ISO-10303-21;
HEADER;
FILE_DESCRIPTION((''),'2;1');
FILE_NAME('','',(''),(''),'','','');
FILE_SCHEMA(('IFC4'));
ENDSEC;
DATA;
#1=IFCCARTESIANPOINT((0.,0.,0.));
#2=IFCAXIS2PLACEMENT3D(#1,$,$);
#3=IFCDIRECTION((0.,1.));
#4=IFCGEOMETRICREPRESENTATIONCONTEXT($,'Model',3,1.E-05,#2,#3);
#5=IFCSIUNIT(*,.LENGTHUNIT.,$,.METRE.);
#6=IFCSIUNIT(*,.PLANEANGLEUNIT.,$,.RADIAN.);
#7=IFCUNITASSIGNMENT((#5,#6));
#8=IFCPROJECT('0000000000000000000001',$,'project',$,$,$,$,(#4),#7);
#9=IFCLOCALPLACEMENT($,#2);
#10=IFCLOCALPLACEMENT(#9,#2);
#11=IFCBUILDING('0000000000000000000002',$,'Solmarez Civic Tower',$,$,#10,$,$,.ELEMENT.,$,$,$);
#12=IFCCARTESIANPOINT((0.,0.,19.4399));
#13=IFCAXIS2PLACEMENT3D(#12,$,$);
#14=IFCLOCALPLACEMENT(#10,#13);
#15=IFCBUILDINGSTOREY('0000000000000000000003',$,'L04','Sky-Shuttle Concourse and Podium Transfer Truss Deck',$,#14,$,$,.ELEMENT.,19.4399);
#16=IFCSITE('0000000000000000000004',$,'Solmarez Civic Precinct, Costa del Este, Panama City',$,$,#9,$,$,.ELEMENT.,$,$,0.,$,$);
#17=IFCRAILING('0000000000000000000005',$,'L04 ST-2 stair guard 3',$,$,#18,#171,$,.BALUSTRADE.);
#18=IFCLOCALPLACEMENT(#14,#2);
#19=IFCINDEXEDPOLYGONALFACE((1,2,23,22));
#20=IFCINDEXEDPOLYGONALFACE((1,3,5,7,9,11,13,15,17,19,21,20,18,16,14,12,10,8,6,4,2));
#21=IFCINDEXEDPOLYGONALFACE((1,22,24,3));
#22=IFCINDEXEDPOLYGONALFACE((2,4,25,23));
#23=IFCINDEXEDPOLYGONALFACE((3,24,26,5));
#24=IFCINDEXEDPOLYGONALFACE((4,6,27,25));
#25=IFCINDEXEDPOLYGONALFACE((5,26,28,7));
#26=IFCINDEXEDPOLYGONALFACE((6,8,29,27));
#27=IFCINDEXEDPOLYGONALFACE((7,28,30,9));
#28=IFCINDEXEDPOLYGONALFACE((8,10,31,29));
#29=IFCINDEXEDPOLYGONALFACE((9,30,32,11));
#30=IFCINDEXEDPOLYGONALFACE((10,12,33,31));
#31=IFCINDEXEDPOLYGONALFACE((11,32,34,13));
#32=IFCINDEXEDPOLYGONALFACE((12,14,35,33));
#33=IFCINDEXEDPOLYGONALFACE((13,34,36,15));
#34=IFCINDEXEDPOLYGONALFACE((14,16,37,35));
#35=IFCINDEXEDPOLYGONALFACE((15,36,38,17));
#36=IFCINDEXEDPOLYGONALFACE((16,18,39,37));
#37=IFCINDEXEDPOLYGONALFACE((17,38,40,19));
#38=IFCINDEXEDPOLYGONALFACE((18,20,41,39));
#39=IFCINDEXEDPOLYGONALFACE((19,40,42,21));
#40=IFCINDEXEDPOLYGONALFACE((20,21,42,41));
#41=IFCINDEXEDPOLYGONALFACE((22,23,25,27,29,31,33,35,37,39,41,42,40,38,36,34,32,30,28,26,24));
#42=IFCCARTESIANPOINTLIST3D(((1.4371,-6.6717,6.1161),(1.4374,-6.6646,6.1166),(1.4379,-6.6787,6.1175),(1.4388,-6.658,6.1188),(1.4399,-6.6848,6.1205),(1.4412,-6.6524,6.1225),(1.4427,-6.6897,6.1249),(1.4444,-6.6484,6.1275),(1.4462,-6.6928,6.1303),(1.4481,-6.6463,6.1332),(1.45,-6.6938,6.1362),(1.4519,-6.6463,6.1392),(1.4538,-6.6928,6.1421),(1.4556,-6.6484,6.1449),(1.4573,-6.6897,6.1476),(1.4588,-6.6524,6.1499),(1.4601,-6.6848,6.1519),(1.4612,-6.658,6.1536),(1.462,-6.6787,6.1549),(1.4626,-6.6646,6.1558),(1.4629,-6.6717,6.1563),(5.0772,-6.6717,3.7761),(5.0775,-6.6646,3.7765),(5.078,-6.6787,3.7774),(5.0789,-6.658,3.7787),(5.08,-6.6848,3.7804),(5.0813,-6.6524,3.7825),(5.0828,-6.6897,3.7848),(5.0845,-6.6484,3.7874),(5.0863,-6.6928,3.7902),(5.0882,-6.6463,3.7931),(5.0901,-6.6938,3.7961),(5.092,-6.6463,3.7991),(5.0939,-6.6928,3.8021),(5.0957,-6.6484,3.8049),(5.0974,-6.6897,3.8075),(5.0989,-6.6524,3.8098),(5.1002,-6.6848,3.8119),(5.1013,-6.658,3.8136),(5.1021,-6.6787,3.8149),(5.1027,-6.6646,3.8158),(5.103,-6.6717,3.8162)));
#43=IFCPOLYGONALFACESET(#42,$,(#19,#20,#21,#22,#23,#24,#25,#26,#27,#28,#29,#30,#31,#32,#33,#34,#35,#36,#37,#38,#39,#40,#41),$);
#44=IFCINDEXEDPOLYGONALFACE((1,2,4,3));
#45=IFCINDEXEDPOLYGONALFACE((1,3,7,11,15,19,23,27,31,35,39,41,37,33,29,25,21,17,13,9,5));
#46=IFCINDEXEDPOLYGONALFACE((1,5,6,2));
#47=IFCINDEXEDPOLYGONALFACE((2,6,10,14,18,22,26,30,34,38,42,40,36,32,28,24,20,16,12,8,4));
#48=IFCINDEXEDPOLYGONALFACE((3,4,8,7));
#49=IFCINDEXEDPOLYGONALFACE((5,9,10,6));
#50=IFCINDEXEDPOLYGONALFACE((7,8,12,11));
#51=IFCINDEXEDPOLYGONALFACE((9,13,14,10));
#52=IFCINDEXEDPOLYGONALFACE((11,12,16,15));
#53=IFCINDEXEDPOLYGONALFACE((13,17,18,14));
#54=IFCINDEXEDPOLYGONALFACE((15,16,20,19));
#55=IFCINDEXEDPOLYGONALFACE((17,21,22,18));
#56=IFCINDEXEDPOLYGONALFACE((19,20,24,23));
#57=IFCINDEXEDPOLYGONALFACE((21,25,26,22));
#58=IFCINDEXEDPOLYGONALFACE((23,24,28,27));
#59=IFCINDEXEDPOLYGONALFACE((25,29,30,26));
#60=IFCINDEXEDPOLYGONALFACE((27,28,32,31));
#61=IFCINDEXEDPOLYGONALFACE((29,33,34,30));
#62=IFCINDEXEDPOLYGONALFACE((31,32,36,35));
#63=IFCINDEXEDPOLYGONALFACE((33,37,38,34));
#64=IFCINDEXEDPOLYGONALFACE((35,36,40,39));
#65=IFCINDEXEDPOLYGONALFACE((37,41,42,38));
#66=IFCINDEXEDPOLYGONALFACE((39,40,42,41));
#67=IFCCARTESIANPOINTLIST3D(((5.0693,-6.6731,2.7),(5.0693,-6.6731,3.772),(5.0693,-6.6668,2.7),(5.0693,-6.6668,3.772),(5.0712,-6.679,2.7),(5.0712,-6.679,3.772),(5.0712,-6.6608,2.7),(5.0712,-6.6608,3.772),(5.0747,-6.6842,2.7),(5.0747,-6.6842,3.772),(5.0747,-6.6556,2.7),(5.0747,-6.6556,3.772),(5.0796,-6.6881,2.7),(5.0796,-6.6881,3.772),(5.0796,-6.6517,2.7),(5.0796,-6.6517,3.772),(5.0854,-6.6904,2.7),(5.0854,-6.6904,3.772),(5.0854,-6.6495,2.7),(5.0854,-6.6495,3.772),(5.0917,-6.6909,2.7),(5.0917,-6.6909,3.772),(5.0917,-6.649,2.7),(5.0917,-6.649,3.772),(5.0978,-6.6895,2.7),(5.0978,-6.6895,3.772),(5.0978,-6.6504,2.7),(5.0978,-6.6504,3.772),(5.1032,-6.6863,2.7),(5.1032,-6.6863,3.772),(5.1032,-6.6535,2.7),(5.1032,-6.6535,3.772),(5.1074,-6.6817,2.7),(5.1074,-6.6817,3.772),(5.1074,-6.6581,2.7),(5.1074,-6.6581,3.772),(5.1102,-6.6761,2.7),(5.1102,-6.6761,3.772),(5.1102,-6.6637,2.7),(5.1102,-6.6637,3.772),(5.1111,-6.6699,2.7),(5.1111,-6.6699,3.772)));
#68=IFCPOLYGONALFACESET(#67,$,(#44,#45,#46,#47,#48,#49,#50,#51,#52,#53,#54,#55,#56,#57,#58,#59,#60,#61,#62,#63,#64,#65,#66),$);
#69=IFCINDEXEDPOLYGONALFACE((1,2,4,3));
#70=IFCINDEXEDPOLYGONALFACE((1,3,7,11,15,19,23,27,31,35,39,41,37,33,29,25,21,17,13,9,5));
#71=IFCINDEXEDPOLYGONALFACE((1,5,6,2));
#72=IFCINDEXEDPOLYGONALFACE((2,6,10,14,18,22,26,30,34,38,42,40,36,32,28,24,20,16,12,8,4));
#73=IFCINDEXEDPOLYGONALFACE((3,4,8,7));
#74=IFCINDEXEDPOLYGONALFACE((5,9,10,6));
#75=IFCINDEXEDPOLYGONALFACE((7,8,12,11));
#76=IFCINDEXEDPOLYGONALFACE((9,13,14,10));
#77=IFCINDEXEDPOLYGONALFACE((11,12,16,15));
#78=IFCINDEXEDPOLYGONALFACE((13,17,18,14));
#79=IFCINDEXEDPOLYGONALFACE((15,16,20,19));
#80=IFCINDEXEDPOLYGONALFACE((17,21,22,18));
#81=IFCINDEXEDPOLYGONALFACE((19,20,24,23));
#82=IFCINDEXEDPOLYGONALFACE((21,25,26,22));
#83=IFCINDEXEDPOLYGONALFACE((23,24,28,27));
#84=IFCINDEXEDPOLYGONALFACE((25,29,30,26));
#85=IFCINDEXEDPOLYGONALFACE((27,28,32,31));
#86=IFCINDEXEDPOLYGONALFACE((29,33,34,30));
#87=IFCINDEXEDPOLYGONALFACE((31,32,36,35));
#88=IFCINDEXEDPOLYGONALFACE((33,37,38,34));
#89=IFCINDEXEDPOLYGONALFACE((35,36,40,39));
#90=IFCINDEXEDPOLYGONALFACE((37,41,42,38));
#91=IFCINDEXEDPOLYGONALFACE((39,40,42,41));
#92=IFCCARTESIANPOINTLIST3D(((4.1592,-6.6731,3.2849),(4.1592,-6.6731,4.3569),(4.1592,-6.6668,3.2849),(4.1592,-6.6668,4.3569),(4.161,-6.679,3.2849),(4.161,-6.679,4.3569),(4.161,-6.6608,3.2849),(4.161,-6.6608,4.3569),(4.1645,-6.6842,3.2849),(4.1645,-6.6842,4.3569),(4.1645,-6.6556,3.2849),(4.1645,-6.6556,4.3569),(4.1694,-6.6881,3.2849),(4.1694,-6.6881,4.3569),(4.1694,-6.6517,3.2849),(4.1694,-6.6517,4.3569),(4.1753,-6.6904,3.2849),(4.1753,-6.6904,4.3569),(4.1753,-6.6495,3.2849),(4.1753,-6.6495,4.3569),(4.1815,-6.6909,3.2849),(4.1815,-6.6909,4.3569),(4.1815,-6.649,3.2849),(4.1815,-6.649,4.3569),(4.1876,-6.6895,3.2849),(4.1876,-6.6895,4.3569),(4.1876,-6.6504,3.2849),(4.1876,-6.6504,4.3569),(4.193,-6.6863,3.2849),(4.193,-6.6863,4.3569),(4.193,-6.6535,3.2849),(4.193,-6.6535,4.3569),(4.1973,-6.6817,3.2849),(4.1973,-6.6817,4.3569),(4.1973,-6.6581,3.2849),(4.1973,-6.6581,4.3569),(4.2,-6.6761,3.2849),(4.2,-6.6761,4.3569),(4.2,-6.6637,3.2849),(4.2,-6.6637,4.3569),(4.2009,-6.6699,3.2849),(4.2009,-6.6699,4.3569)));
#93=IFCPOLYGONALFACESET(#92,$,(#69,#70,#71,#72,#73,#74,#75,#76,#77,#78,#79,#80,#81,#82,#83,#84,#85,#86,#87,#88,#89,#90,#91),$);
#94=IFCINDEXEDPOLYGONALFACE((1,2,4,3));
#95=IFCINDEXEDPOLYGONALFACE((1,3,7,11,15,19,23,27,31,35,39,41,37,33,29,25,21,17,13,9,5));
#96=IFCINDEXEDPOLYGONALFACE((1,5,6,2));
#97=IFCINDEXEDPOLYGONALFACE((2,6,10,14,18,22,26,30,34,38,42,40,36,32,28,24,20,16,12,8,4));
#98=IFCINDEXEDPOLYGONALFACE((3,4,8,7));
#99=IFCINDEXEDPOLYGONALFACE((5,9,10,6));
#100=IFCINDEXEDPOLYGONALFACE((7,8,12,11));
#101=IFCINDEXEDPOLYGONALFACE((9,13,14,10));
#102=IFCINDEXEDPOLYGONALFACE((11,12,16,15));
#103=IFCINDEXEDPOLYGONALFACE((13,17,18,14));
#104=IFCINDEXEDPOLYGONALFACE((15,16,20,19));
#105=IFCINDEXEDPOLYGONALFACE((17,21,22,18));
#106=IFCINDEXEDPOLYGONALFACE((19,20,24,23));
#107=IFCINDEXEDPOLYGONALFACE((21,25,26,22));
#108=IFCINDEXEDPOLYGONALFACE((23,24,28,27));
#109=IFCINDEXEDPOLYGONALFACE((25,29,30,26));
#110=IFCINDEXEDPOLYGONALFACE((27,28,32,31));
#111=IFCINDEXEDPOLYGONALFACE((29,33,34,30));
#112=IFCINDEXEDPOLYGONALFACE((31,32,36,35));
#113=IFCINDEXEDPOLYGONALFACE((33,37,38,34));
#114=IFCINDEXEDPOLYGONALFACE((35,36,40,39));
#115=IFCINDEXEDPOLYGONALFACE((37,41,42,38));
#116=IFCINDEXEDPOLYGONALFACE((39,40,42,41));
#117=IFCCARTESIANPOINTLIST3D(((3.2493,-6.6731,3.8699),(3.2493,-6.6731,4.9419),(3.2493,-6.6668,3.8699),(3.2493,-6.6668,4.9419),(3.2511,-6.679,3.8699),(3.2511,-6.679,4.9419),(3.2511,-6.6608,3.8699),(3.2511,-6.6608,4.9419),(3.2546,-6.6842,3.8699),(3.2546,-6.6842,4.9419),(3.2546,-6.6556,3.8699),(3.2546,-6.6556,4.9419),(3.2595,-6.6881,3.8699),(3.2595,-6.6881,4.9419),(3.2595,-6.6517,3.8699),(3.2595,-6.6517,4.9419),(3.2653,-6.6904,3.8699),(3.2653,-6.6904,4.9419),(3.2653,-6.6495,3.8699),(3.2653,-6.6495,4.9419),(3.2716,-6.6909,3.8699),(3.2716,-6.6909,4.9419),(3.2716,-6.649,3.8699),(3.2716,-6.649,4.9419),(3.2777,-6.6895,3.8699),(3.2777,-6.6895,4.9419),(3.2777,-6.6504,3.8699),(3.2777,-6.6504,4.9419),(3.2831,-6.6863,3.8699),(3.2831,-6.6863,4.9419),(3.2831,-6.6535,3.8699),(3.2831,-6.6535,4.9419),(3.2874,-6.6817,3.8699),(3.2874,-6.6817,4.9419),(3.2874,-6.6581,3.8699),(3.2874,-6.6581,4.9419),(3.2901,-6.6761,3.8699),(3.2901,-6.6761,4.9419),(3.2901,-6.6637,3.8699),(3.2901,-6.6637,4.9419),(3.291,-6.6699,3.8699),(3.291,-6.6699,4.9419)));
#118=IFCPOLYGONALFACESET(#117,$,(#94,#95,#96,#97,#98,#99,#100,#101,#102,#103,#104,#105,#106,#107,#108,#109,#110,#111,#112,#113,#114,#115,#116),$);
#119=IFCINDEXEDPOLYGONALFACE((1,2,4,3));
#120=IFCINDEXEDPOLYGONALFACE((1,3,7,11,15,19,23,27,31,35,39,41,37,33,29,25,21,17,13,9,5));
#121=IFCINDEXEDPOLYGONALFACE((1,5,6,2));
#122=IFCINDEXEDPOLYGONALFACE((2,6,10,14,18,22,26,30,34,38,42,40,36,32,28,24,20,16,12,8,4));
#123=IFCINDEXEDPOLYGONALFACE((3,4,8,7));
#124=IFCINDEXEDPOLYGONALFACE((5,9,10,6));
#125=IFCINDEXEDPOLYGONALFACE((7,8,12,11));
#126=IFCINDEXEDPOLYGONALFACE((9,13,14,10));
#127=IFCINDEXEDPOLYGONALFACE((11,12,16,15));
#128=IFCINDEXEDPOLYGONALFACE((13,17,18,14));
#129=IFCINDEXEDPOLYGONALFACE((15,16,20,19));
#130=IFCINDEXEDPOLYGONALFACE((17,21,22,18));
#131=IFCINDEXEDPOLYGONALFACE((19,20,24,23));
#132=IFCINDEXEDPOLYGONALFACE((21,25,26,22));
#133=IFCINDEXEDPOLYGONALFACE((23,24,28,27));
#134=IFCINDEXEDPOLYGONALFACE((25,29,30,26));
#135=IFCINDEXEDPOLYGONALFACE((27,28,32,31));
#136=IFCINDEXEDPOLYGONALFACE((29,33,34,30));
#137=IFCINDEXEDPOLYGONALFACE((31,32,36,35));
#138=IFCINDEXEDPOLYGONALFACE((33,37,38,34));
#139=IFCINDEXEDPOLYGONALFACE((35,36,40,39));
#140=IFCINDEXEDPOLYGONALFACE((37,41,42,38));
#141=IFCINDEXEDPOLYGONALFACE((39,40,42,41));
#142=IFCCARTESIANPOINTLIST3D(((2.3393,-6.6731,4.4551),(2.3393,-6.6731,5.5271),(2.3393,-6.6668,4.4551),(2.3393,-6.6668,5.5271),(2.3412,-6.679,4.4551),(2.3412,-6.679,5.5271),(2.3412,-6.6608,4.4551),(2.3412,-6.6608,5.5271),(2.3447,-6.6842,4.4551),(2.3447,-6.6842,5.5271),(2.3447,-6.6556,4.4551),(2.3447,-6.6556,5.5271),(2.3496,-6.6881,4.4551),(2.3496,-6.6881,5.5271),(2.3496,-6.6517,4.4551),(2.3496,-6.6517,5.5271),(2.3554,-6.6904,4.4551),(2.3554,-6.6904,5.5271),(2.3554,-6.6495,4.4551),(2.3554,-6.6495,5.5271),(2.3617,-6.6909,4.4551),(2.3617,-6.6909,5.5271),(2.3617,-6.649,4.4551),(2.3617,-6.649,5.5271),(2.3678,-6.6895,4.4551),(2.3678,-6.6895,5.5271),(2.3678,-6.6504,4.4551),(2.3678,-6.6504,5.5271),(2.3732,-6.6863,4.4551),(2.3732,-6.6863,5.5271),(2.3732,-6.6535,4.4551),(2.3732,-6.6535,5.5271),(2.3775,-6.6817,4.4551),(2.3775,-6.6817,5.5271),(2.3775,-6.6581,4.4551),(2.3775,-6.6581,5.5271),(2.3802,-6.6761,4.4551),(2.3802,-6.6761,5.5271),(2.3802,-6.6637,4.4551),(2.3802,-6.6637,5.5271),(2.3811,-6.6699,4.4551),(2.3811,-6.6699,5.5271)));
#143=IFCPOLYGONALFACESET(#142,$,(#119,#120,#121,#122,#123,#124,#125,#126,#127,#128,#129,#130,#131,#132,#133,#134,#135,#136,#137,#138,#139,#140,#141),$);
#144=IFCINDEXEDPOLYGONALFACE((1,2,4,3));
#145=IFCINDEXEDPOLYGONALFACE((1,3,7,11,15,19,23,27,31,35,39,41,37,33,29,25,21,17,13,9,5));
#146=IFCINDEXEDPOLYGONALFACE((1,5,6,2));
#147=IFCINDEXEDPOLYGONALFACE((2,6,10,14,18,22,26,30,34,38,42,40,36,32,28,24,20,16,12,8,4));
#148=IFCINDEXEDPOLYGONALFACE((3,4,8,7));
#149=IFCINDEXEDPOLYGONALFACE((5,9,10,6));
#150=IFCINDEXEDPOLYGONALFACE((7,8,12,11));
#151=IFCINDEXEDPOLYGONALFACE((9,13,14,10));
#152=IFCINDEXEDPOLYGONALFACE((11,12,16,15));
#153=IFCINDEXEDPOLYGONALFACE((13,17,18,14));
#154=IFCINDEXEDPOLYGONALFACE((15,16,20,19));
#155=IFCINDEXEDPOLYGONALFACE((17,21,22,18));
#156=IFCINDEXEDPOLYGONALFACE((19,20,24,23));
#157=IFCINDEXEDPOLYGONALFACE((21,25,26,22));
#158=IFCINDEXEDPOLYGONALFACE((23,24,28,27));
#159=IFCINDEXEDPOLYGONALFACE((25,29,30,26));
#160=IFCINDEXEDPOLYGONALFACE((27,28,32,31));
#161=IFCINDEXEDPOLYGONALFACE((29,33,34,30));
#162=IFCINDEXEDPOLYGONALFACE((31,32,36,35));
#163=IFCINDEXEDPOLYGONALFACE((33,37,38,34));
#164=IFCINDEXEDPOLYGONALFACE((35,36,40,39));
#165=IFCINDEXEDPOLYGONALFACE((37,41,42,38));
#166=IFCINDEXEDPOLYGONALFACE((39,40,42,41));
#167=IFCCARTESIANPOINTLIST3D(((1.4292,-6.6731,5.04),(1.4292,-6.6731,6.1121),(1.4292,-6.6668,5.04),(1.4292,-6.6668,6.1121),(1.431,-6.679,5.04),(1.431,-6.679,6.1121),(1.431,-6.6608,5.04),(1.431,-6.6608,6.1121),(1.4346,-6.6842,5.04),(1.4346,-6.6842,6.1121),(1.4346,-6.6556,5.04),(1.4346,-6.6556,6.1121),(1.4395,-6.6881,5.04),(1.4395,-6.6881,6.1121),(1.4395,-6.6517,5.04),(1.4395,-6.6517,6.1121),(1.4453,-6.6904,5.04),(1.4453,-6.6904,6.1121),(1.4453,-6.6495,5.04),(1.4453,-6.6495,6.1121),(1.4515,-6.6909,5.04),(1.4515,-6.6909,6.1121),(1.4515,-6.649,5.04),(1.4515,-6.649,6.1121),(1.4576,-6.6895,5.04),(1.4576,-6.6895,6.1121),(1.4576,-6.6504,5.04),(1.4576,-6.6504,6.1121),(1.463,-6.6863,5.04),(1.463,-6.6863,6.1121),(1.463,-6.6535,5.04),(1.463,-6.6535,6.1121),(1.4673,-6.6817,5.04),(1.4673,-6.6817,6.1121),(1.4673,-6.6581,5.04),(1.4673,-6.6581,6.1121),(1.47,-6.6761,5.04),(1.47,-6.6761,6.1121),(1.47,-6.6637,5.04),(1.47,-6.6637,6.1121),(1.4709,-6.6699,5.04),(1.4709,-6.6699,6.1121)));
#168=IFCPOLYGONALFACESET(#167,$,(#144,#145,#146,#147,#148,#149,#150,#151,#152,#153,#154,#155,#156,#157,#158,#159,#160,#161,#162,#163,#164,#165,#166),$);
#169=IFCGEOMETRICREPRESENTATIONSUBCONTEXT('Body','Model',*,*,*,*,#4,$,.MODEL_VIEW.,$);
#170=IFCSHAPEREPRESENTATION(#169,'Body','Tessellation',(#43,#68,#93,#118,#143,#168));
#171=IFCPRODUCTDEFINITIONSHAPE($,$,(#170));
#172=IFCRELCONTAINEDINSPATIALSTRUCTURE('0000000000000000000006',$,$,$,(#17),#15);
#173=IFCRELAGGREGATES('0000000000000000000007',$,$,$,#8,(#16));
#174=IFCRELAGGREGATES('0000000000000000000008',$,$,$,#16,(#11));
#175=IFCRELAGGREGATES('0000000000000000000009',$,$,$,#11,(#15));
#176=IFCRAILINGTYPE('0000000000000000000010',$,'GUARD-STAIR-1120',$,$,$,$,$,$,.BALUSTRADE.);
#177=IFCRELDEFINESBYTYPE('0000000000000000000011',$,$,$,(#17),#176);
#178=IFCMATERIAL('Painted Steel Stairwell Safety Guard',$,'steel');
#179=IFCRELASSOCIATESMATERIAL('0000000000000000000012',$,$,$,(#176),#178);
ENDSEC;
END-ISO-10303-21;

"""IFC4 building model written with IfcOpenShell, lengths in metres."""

from ifc_helpers import new_model, si_unit, direction, frame, origin, origin_2d, place, context, subcontext, project, spatial, circle, extrude, material, type_object, element, save


model = new_model("IFC4")

# Units and contexts
model_context = context("Model", 3, precision=1e-05, world=origin(), true_north=direction((0.0, 1.0)))
body_context = subcontext(model_context, "Body", "Model", "MODEL_VIEW")
ifc_project = project(units=[si_unit("LENGTHUNIT", "METRE"), si_unit("PLANEANGLEUNIT", "RADIAN")], contexts=[model_context])

# Site, building, storey
site_placement = place(None, origin())
site = spatial("IfcSite", under=ifc_project, at=site_placement, Name="Solmarez Civic Precinct, Costa del Este, Panama City", CompositionType="ELEMENT", RefElevation=0.0)
building_placement = place(site_placement, origin())
building = spatial("IfcBuilding", under=site, at=building_placement, Name="Solmarez Civic Tower", CompositionType="ELEMENT")
storey_placement = place(building_placement, frame((0.0, 0.0, 19.4399)))
storey = spatial("IfcBuildingStorey", under=building, at=storey_placement, Name="L04", Description="Sky-Shuttle Concourse and Podium Transfer Truss Deck", CompositionType="ELEMENT", Elevation=19.4399)

# Railing
ifc_material_1 = material(Name="Painted Steel Stairwell Safety Guard", Category="steel")
railing_type_1 = type_object("IfcRailingType", Name="GUARD-STAIR-1120", PredefinedType="BALUSTRADE", material=ifc_material_1)
railing_1_placement = place(storey_placement, frame((5.0901, -6.6699, 2.7)))
element("IfcRailing", 1, at=railing_1_placement, inside=storey, type_object=railing_type_1, Name="L04 ST-2 stair guard 3", PredefinedType="BALUSTRADE", context=body_context, shape_type="SweptSolid", body=[
    extrude(circle(Radius=0.0239, at=origin_2d()), frame((0.0, 0.0, 1.0962), z_axis=(-0.841178, 0.0, 0.540758), x_axis=(0.0, -1.0, 0.0)), (0.0, 0.0, 1.0), 4.3274),
    extrude(circle(Radius=0.021, at=origin_2d()), origin(), (0.0, 0.0, 1.0), 1.072),
    extrude(circle(Radius=0.021, at=origin_2d()), frame((-0.9102, 0.0, 0.585)), (0.0, 0.0, 1.0), 1.072),
    extrude(circle(Radius=0.021, at=origin_2d()), frame((-1.8201, 0.0, 1.1699)), (0.0, 0.0, 1.0), 1.072),
    extrude(circle(Radius=0.021, at=origin_2d()), frame((-2.73, 0.0, 1.7551)), (0.0, 0.0, 1.0), 1.072),
    extrude(circle(Radius=0.021, at=origin_2d()), frame((-3.6401, 0.0, 2.3401)), (0.0, 0.0, 1.0), 1.072),
])

save(model, "model.ifc")
